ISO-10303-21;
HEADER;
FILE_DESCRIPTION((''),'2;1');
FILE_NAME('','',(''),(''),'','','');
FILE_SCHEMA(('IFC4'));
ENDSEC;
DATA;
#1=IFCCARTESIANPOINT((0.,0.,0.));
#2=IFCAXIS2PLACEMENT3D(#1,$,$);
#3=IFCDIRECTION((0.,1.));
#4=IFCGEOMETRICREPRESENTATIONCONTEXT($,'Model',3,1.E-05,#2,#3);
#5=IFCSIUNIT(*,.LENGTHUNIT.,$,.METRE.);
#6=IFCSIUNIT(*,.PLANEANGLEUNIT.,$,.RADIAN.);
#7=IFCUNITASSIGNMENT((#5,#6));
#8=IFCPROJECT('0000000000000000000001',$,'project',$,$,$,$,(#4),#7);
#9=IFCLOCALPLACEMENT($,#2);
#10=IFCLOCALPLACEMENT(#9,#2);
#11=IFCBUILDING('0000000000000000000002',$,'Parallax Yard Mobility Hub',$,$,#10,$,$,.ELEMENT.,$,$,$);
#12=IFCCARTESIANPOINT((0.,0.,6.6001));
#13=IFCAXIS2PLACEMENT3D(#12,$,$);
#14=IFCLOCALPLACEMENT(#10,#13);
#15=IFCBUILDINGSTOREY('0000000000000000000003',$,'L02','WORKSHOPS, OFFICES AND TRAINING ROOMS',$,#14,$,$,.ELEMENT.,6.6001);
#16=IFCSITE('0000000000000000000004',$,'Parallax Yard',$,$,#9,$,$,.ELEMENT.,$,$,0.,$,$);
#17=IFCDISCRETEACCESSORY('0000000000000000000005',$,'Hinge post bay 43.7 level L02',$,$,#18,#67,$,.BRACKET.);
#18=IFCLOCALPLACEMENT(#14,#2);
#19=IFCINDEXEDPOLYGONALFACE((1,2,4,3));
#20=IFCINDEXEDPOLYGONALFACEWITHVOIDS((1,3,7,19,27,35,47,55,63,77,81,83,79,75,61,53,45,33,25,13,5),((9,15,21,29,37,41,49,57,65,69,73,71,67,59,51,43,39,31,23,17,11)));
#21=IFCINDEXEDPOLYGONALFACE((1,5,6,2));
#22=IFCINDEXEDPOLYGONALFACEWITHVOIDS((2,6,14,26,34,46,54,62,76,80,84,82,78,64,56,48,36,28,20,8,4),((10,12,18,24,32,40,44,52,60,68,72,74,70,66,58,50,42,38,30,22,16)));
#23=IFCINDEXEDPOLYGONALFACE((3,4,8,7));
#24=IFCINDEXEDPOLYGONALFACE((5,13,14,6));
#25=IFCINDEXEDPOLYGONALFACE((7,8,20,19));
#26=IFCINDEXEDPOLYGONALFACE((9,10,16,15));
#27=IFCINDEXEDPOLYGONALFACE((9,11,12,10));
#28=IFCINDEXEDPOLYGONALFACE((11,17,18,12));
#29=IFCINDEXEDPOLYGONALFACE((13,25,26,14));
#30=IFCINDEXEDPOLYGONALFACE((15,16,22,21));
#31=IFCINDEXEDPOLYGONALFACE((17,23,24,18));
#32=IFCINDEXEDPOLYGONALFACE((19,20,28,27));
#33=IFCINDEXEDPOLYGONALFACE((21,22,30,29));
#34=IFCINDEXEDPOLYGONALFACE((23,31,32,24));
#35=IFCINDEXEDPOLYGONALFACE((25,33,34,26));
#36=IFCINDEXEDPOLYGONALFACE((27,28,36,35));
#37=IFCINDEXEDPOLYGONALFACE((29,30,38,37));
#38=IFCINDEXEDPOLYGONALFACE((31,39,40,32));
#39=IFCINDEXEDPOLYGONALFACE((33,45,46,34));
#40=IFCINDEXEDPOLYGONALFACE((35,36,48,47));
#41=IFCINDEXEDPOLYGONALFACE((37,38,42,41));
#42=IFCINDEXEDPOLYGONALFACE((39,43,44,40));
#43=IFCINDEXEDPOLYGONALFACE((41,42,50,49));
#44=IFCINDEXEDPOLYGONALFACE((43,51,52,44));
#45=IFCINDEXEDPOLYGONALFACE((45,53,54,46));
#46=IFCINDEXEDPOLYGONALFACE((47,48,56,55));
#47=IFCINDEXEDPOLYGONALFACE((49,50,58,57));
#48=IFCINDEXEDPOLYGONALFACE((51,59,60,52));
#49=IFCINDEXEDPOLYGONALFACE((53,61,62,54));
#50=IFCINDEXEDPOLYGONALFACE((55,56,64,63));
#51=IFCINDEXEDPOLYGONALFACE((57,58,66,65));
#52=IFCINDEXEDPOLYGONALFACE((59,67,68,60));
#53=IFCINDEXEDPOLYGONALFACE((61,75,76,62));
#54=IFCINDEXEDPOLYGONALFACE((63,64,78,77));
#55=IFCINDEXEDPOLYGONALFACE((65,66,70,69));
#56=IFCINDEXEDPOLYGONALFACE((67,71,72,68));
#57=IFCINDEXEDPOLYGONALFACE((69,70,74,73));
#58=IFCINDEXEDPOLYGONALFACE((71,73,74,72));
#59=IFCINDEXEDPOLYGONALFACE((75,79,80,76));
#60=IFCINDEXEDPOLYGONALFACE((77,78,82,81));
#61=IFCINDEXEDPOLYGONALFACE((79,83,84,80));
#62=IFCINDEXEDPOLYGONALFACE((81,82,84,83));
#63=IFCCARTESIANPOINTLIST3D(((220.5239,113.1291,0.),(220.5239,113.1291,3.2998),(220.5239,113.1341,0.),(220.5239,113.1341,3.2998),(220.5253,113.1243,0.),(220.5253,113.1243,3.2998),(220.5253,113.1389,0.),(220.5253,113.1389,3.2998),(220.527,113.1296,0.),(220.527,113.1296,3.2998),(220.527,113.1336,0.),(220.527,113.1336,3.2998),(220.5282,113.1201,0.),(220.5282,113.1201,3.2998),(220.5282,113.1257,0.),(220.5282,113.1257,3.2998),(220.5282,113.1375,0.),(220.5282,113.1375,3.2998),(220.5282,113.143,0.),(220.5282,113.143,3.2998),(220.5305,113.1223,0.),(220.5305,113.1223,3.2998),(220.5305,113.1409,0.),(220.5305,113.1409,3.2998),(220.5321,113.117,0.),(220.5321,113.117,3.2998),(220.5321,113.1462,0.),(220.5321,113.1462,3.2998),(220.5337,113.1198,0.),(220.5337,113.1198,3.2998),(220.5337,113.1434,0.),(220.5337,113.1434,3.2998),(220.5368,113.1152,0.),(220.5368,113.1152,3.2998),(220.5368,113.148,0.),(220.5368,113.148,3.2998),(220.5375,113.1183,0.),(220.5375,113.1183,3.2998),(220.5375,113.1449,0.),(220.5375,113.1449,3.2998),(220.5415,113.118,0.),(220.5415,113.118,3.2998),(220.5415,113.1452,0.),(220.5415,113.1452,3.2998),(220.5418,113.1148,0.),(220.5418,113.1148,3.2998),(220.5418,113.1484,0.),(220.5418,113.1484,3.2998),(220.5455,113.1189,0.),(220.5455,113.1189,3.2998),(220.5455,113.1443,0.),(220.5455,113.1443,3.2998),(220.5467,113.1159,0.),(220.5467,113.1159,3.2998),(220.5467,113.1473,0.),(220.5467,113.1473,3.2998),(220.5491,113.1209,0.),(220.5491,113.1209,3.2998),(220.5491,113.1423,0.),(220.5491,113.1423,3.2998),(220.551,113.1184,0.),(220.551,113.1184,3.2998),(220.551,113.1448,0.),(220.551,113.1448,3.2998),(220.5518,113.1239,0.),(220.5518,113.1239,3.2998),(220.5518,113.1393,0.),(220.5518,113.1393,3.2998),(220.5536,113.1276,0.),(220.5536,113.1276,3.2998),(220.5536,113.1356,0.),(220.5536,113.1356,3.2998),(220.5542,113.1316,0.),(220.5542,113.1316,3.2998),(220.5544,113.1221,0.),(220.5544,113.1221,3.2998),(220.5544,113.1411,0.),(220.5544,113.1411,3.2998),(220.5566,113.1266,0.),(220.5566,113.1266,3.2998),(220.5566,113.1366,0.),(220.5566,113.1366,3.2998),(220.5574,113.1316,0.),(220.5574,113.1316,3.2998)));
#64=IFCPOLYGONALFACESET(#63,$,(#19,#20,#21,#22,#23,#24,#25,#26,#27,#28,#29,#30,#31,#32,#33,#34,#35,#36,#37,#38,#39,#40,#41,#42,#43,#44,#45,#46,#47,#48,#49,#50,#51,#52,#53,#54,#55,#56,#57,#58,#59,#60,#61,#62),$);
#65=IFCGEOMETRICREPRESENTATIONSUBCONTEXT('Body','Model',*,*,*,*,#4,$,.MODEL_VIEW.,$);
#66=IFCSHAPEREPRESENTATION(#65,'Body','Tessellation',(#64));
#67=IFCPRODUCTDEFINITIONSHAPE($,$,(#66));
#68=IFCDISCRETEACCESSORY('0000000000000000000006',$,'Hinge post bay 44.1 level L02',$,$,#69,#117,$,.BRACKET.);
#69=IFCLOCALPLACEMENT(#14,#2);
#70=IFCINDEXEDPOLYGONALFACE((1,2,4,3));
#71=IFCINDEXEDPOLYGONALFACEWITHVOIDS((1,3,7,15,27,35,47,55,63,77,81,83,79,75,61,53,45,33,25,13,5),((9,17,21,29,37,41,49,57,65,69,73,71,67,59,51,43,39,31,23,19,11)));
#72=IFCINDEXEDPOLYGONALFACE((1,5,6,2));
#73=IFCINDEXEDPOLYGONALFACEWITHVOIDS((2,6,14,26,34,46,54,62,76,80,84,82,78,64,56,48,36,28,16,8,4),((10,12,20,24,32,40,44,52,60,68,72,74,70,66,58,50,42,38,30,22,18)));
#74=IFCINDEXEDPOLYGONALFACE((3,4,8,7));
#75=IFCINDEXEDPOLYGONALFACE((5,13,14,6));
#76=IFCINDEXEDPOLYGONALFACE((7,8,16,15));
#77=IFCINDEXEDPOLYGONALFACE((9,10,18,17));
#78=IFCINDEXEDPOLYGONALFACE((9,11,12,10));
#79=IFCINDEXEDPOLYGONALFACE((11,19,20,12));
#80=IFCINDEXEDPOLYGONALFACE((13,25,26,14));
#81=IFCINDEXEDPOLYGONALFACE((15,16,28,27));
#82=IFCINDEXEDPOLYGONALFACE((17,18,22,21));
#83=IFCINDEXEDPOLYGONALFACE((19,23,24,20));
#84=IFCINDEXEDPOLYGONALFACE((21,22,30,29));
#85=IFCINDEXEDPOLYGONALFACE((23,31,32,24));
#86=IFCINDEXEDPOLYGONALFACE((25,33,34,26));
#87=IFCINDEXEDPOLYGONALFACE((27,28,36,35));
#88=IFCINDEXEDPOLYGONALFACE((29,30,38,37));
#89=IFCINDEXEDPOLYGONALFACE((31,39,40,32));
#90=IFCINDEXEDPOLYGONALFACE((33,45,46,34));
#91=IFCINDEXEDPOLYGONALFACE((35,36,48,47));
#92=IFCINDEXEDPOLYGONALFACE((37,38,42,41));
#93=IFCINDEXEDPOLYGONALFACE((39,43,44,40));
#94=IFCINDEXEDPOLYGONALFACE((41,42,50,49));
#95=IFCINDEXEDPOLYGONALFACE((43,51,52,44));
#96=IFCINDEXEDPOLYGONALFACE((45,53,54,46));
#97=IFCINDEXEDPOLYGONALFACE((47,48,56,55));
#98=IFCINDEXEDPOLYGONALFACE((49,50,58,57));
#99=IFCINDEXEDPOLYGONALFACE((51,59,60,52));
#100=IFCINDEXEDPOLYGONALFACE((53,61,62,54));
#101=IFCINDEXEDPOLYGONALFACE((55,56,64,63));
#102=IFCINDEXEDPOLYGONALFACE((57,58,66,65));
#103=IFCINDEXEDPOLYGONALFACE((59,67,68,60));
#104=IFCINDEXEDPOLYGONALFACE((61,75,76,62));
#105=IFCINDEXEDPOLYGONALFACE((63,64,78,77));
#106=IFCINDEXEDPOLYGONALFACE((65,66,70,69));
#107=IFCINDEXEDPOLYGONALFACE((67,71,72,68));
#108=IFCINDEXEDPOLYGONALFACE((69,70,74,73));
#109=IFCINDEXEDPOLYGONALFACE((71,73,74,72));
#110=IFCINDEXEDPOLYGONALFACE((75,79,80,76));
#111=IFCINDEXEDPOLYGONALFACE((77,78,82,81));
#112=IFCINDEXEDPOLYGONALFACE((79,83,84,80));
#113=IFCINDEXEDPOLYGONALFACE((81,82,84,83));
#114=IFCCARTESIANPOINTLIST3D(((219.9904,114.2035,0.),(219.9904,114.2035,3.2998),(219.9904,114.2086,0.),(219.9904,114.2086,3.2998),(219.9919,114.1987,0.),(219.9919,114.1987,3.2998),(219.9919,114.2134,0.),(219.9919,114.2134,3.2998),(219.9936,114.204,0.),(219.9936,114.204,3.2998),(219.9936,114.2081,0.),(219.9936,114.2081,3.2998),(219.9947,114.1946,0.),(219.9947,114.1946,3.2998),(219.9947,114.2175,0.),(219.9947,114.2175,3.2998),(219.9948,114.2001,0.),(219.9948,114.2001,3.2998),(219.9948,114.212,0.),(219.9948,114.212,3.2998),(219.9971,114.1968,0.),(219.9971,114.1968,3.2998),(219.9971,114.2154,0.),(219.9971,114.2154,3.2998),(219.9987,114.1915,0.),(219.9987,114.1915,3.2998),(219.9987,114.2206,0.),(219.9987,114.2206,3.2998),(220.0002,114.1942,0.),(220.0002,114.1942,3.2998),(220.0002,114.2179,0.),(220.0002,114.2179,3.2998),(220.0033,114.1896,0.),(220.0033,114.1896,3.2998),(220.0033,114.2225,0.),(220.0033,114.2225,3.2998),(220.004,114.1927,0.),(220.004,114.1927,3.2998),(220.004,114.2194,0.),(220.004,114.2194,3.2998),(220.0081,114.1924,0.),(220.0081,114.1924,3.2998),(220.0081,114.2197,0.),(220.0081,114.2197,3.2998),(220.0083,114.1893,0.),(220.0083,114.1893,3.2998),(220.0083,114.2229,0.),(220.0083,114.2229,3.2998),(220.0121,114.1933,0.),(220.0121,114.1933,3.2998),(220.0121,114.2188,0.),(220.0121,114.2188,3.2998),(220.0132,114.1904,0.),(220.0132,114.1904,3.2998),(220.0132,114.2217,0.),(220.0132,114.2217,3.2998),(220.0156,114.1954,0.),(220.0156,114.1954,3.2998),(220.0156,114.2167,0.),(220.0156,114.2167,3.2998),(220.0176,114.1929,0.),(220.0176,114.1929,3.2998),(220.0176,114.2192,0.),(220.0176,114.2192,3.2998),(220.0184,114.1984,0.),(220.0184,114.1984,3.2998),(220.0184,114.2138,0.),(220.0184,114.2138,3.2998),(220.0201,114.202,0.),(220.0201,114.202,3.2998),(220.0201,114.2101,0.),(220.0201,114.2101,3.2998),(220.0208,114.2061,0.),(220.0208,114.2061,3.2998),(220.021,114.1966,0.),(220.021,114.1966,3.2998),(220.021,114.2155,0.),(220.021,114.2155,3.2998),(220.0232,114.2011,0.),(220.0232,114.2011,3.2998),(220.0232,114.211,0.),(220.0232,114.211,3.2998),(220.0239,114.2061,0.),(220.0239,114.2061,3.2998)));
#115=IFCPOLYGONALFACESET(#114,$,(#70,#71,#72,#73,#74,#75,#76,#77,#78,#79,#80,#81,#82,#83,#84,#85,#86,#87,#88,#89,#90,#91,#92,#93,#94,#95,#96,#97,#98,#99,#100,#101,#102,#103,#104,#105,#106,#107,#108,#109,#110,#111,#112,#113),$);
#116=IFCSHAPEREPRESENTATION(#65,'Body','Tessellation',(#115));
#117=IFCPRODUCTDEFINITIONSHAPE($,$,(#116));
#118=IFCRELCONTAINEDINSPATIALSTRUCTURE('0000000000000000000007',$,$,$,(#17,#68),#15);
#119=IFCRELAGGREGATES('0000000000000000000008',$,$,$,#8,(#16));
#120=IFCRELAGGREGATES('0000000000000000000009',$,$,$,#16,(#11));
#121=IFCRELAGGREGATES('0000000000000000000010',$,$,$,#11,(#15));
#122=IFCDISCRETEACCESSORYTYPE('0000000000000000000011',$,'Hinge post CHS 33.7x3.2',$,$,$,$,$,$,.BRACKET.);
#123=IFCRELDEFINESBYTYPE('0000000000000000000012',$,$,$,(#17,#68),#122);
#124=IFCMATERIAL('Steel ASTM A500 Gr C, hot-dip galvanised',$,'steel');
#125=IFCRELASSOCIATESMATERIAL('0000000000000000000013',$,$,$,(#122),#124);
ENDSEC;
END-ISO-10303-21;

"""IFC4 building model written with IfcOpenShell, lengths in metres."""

from ifc_helpers import new_model, si_unit, direction, frame, origin, origin_2d, place, context, subcontext, project, spatial, hollow_circle, extrude, material, material_profile, profile_set, type_object, element, save


model = new_model("IFC4")

# Units and contexts
model_context = context("Model", 3, precision=1e-05, world=origin(), true_north=direction((0.0, 1.0)))
body_context = subcontext(model_context, "Body", "Model", "MODEL_VIEW")
ifc_project = project(units=[si_unit("LENGTHUNIT", "METRE"), si_unit("PLANEANGLEUNIT", "RADIAN")], contexts=[model_context])

# Site, building, storey
site_placement = place(None, origin())
site = spatial("IfcSite", under=ifc_project, at=site_placement, Name="Parallax Yard", CompositionType="ELEMENT", RefElevation=0.0)
building_placement = place(site_placement, origin())
building = spatial("IfcBuilding", under=site, at=building_placement, Name="Parallax Yard Mobility Hub", CompositionType="ELEMENT")
storey_placement = place(building_placement, frame((0.0, 0.0, 6.6001)))
storey = spatial("IfcBuildingStorey", under=building, at=storey_placement, Name="L02", Description="WORKSHOPS, OFFICES AND TRAINING ROOMS", CompositionType="ELEMENT", Elevation=6.6001)

# Discrete accessories
ifc_material_1 = material(Name="Steel ASTM A500 Gr C, hot-dip galvanised", Category="steel")
ifc_material_profile_1 = material_profile(ifc_material_1, hollow_circle(Radius=0.0168, WallThickness=0.0032, at=origin_2d()), Name="CHS 33.7x3.2")
ifc_profile_set_1 = profile_set([ifc_material_profile_1], Name="Steel ASTM A500 Gr C, hot-dip galvanised")
discrete_accessory_type_1 = type_object("IfcDiscreteAccessoryType", Name="Hinge post CHS 33.7x3.2", PredefinedType="BRACKET", material=ifc_profile_set_1)
for number, where, z_axis, x_axis, name in (
    (1, (220.5405, 113.1316, 0.0), (0.0, 0.0, 1.0), (1.0, 0.0, 0.0), "Hinge post bay 43.7 level L02"),
    (2, (220.0071, 114.2061, 0.0), (0.0, 0.0, 1.0), (1.0, 0.0, 0.0), "Hinge post bay 44.1 level L02"),
):
    element("IfcDiscreteAccessory", number, at=place(storey_placement, frame(where, z_axis=z_axis, x_axis=x_axis)), inside=storey, type_object=discrete_accessory_type_1, Name=name, PredefinedType="BRACKET", context=body_context, shape_type="SweptSolid", body=[
        extrude(hollow_circle(Radius=0.0168, WallThickness=0.0032, at=origin_2d()), origin(), (0.0, 0.0, 1.0), 3.2998),
    ])

save(model, "model.ifc")
